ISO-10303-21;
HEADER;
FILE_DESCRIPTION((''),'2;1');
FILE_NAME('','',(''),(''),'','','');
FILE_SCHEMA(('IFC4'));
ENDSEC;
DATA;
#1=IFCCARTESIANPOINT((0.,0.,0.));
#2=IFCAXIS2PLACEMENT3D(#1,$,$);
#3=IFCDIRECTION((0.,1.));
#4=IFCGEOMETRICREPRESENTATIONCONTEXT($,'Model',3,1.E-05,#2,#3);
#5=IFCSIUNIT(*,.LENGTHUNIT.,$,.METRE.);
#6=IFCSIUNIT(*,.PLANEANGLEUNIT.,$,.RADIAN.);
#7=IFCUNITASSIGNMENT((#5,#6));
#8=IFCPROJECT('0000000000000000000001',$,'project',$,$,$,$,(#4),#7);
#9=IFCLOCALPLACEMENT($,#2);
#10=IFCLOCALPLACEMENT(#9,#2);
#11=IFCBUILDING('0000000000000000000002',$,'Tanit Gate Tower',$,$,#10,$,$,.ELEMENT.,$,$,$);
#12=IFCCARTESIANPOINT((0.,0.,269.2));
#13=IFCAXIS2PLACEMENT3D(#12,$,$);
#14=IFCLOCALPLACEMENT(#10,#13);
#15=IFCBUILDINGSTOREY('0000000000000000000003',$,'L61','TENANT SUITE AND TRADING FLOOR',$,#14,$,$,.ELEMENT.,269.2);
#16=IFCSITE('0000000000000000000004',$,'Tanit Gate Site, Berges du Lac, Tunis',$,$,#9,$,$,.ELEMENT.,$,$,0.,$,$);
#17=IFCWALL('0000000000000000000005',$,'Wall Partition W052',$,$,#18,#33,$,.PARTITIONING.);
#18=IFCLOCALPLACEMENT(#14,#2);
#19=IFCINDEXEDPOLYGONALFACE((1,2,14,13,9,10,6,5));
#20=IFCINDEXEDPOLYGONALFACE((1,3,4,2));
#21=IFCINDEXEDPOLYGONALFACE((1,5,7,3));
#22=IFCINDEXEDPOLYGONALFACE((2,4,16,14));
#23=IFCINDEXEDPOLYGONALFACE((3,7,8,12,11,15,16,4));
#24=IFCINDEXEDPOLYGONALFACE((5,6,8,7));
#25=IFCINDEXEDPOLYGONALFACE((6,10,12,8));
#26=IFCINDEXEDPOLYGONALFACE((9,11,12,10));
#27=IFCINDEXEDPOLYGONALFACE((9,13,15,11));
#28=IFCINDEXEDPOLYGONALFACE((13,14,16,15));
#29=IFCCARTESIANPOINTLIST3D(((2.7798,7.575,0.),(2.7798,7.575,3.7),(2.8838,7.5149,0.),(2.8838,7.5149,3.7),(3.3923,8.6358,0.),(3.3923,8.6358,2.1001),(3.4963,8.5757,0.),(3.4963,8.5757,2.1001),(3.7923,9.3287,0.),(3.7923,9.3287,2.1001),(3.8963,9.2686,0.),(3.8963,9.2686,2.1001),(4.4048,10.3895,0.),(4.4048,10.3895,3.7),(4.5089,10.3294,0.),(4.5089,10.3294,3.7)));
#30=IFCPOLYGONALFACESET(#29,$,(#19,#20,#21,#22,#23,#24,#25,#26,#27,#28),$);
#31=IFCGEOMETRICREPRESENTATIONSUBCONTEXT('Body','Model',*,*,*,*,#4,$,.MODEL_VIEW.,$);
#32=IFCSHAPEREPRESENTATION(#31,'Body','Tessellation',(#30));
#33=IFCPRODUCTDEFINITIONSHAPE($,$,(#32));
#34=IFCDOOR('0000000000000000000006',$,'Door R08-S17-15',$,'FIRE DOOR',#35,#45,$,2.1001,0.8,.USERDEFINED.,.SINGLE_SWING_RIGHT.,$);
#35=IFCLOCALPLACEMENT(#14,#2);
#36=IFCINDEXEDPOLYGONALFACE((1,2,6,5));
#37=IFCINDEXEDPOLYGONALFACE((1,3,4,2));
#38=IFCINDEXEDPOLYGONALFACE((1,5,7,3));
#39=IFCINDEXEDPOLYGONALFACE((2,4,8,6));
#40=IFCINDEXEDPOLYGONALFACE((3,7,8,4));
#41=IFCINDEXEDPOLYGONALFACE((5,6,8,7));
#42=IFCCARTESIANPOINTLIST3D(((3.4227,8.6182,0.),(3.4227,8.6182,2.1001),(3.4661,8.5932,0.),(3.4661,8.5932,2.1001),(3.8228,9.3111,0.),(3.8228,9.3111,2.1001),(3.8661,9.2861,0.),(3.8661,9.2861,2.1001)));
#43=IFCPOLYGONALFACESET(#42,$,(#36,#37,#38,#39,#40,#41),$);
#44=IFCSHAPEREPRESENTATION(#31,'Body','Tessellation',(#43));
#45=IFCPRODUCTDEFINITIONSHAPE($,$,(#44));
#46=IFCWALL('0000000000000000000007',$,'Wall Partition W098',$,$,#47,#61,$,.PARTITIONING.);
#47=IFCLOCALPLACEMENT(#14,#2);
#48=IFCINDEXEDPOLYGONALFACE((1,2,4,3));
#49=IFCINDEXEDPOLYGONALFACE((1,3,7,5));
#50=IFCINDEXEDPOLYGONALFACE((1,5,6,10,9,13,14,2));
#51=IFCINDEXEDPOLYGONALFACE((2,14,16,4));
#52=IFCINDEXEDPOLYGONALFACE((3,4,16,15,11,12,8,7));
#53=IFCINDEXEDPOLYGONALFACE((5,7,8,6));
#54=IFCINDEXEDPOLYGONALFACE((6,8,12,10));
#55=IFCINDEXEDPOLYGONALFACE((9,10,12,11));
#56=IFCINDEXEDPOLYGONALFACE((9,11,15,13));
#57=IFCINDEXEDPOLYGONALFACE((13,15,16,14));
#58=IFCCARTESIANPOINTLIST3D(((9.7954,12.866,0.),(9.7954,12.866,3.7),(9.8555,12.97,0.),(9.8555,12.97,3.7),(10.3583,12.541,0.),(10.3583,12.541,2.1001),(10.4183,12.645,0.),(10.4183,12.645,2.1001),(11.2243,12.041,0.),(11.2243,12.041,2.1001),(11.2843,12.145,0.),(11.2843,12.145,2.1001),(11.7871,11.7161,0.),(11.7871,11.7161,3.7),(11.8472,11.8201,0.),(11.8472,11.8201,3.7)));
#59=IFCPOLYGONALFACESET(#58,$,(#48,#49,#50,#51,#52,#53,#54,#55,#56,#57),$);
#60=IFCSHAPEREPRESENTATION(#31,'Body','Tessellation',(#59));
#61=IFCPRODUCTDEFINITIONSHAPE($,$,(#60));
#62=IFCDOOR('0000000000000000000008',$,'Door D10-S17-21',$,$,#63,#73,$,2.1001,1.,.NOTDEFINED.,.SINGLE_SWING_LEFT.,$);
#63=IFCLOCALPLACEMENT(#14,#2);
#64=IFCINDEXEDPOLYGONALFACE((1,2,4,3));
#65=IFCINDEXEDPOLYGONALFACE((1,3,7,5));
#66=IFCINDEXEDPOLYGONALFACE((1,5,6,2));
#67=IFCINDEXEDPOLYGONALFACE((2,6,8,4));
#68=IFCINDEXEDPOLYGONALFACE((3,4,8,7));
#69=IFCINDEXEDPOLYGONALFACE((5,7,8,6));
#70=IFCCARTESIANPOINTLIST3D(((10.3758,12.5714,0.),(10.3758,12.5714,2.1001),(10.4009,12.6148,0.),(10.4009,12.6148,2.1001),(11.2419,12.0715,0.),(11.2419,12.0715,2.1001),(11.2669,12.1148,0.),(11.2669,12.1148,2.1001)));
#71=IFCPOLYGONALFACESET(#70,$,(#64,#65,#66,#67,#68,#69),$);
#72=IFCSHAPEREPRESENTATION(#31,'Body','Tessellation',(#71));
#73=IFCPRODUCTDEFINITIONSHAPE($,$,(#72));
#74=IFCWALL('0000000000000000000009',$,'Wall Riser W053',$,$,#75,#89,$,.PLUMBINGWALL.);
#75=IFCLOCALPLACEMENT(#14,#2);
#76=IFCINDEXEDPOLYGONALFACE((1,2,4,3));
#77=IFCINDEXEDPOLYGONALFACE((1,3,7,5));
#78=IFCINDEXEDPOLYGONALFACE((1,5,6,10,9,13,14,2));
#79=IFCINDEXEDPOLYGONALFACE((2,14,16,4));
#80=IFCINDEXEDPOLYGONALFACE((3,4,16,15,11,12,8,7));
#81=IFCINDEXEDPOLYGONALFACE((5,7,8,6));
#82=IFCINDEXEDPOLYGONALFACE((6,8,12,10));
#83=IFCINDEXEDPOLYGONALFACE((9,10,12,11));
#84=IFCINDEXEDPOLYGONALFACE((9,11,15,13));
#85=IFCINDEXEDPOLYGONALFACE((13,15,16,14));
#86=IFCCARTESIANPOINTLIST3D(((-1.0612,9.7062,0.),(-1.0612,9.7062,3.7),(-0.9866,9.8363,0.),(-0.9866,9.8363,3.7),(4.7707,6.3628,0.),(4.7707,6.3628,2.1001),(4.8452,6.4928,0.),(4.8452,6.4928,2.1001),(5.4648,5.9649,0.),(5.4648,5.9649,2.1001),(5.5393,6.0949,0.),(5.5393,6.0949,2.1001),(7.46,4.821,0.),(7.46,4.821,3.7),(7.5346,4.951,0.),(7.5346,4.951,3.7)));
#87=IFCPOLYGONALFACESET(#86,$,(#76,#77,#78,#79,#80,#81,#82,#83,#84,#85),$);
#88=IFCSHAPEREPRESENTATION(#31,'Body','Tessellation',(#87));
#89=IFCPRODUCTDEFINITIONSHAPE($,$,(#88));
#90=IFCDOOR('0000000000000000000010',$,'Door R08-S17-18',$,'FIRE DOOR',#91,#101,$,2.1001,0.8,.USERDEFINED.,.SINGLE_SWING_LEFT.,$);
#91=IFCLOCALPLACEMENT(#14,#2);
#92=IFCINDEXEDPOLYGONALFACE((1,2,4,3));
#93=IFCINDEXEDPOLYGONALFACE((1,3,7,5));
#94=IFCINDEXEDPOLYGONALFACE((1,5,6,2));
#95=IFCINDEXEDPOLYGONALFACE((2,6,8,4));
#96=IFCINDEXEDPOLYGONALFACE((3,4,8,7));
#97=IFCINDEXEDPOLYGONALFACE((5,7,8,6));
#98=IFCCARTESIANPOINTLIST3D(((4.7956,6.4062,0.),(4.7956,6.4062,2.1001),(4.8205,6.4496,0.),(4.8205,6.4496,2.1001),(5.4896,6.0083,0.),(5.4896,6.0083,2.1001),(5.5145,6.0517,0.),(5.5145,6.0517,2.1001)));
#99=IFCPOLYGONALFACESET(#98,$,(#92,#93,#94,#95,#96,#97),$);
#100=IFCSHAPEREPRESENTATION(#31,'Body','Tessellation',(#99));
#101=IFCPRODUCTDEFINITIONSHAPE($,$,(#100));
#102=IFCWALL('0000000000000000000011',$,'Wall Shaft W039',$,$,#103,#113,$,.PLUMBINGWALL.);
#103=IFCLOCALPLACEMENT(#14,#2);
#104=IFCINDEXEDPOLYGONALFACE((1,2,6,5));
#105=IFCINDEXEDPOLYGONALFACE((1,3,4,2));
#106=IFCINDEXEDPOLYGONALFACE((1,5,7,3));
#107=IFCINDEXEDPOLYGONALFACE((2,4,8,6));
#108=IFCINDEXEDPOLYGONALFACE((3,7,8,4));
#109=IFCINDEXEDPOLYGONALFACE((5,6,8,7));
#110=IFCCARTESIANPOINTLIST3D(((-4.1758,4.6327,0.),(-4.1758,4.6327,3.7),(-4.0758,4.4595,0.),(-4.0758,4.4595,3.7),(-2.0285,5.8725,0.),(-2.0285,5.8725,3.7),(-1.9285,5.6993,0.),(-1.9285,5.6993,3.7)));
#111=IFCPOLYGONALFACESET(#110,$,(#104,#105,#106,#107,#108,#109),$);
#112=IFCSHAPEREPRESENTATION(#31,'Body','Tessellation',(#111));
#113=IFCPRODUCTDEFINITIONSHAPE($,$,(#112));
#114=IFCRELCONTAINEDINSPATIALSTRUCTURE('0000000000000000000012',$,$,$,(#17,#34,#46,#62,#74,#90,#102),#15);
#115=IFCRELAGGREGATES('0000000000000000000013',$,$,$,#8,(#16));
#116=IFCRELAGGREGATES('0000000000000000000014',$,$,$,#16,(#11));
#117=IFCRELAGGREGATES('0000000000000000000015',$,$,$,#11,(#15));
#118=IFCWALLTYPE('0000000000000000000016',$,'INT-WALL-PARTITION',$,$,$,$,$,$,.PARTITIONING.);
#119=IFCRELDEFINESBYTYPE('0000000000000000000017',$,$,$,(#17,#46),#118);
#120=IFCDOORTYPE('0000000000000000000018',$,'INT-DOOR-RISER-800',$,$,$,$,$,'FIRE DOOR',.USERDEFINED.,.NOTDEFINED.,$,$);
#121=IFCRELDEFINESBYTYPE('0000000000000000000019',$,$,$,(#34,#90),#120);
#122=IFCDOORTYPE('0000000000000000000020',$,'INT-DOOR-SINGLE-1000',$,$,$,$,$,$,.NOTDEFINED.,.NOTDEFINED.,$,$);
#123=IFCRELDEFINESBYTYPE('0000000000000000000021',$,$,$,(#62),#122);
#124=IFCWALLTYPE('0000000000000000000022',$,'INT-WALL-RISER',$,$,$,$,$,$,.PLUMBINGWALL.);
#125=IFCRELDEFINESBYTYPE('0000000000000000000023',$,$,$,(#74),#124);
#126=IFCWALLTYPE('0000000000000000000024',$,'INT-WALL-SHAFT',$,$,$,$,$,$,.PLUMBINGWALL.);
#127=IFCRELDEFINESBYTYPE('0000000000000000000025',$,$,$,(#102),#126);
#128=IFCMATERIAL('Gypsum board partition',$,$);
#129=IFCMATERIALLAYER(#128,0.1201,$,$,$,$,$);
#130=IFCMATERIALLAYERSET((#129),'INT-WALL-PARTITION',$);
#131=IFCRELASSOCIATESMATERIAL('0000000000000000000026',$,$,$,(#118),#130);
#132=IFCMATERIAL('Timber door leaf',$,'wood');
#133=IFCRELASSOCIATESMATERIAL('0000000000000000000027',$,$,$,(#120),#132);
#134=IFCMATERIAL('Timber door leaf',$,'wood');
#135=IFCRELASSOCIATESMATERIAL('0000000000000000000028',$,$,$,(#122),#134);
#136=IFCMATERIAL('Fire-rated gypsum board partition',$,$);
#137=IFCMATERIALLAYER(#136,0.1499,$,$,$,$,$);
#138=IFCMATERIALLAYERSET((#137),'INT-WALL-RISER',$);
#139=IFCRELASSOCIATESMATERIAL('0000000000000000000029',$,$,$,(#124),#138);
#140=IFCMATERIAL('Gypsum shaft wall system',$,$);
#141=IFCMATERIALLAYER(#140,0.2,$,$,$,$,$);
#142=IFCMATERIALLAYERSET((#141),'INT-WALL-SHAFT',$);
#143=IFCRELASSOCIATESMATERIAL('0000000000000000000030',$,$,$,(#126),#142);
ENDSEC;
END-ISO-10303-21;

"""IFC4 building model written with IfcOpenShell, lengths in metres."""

from ifc_helpers import new_model, si_unit, direction, frame, frame_2d, origin, place, context, subcontext, project, spatial, rectangle, extrude, material, layer, layer_set, type_object, element, fill, save


model = new_model("IFC4")

# Units and contexts
model_context = context("Model", 3, precision=1e-05, world=origin(), true_north=direction((0.0, 1.0)))
body_context = subcontext(model_context, "Body", "Model", "MODEL_VIEW")
ifc_project = project(units=[si_unit("LENGTHUNIT", "METRE"), si_unit("PLANEANGLEUNIT", "RADIAN")], contexts=[model_context])

# Site, building, storey
site_placement = place(None, origin())
site = spatial("IfcSite", under=ifc_project, at=site_placement, Name="Tanit Gate Site, Berges du Lac, Tunis", CompositionType="ELEMENT", RefElevation=0.0)
building_placement = place(site_placement, origin())
building = spatial("IfcBuilding", under=site, at=building_placement, Name="Tanit Gate Tower", CompositionType="ELEMENT")
storey_placement = place(building_placement, frame((0.0, 0.0, 269.2)))
storey = spatial("IfcBuildingStorey", under=building, at=storey_placement, Name="L61", Description="TENANT SUITE AND TRADING FLOOR", CompositionType="ELEMENT", Elevation=269.2)

# Walls, openings, doors
ifc_material_1 = material(Name="Gypsum board partition")
ifc_layer_1 = layer(ifc_material_1, 0.1201)
ifc_layer_set_1 = layer_set([ifc_layer_1], Name="INT-WALL-PARTITION")
wall_type_1 = type_object("IfcWallType", Name="INT-WALL-PARTITION", PredefinedType="PARTITIONING", material=ifc_layer_set_1)
wall_1_placement = place(storey_placement, frame((2.8318, 7.5449, 0.0), z_axis=(0.0, 0.0, 1.0), x_axis=(0.500017, 0.866015, 0.0)))
wall_1 = element("IfcWall", 1, at=wall_1_placement, inside=storey, type_object=wall_type_1, Name="Wall Partition W052", PredefinedType="PARTITIONING", context=body_context, shape_type="SweptSolid", body=[
    extrude(rectangle(XDim=3.25, YDim=0.1201, at=frame_2d((1.625, 0.0))), origin(), (0.0, 0.0, 1.0), 3.7),
])
opening_1_placement = place(wall_1_placement, frame((1.2251, 0.0, 0.0)))
opening_1 = element("IfcOpeningElement", 2, at=opening_1_placement, cuts=wall_1, PredefinedType="OPENING", context=body_context, shape_type="SweptSolid", body=[
    extrude(rectangle(XDim=0.8, YDim=2.1001, at=frame_2d((0.3999, 1.05))), frame((0.0, 0.0701, 0.0), z_axis=(0.0, -1.0, 0.0), x_axis=(1.0, 0.0, 0.0)), (0.0, 0.0, 1.0), 0.1401),
])
ifc_material_2 = material(Name="Timber door leaf", Category="wood")
door_type_1 = type_object("IfcDoorType", Name="INT-DOOR-RISER-800", ElementType="FIRE DOOR", OperationType="NOTDEFINED", PredefinedType="USERDEFINED", material=ifc_material_2)
door_1_placement = place(opening_1_placement, origin())
door_1 = element("IfcDoor", 3, at=door_1_placement, inside=storey, type_object=door_type_1, Name="Door R08-S17-15", ObjectType="FIRE DOOR", OperationType="SINGLE_SWING_RIGHT", OverallHeight=2.1001, OverallWidth=0.8, PredefinedType="USERDEFINED", context=body_context, shape_type="SweptSolid", body=[
    extrude(rectangle(XDim=0.8, YDim=2.1001, at=frame_2d((0.3999, 1.05))), frame((0.0, 0.0249, 0.0), z_axis=(0.0, -1.0, 0.0), x_axis=(1.0, 0.0, 0.0)), (0.0, 0.0, 1.0), 0.05),
])
fill(opening_1, door_1)
wall_2_placement = place(storey_placement, frame((11.8171, 11.7681, 0.0), z_axis=(0.0, 0.0, 1.0), x_axis=(-0.866026, 0.499998, 0.0)))
wall_2 = element("IfcWall", 4, at=wall_2_placement, inside=storey, type_object=wall_type_1, Name="Wall Partition W098", PredefinedType="PARTITIONING", context=body_context, shape_type="SweptSolid", body=[
    extrude(rectangle(XDim=2.2998, YDim=0.1201, at=frame_2d((1.1499, 0.0))), origin(), (0.0, 0.0, 1.0), 3.7),
])
opening_2_placement = place(wall_2_placement, frame((0.6499, 0.0, 0.0)))
opening_2 = element("IfcOpeningElement", 5, at=opening_2_placement, cuts=wall_2, PredefinedType="OPENING", context=body_context, shape_type="SweptSolid", body=[
    extrude(rectangle(XDim=1.0, YDim=2.1001, at=frame_2d((0.5, 1.05))), frame((0.0, 0.0701, 0.0), z_axis=(0.0, -1.0, 0.0), x_axis=(1.0, 0.0, 0.0)), (0.0, 0.0, 1.0), 0.1401),
])
ifc_material_3 = material(Name="Timber door leaf", Category="wood")
door_type_2 = type_object("IfcDoorType", Name="INT-DOOR-SINGLE-1000", OperationType="NOTDEFINED", PredefinedType="NOTDEFINED", material=ifc_material_3)
door_2_placement = place(opening_2_placement, origin())
door_2 = element("IfcDoor", 6, at=door_2_placement, inside=storey, type_object=door_type_2, Name="Door D10-S17-21", OperationType="SINGLE_SWING_LEFT", OverallHeight=2.1001, OverallWidth=1.0, PredefinedType="NOTDEFINED", context=body_context, shape_type="SweptSolid", body=[
    extrude(rectangle(XDim=1.0, YDim=2.1001, at=frame_2d((0.5, 1.05))), frame((0.0, 0.0249, 0.0), z_axis=(0.0, -1.0, 0.0), x_axis=(1.0, 0.0, 0.0)), (0.0, 0.0, 1.0), 0.05),
])
fill(opening_2, door_2)
ifc_material_4 = material(Name="Fire-rated gypsum board partition")
ifc_layer_2 = layer(ifc_material_4, 0.1499)
ifc_layer_set_2 = layer_set([ifc_layer_2], Name="INT-WALL-RISER")
wall_type_2 = type_object("IfcWallType", Name="INT-WALL-RISER", PredefinedType="PLUMBINGWALL", material=ifc_layer_set_2)
wall_3_placement = place(storey_placement, frame((7.4973, 4.886, 0.0), z_axis=(0.0, 0.0, 1.0), x_axis=(-0.867542, 0.497364, 0.0)))
wall_3 = element("IfcWall", 7, at=wall_3_placement, inside=storey, type_object=wall_type_2, Name="Wall Riser W053", PredefinedType="PLUMBINGWALL", context=body_context, shape_type="SweptSolid", body=[
    extrude(rectangle(XDim=9.8223, YDim=0.1499, at=frame_2d((4.9111, 0.0))), origin(), (0.0, 0.0, 1.0), 3.7),
])
opening_3_placement = place(wall_3_placement, frame((2.3, 0.0, 0.0)))
opening_3 = element("IfcOpeningElement", 8, at=opening_3_placement, cuts=wall_3, PredefinedType="OPENING", context=body_context, shape_type="SweptSolid", body=[
    extrude(rectangle(XDim=0.8, YDim=2.1001, at=frame_2d((0.3999, 1.05))), frame((0.0, 0.085, 0.0), z_axis=(0.0, -1.0, 0.0), x_axis=(1.0, 0.0, 0.0)), (0.0, 0.0, 1.0), 0.1699),
])
door_3_placement = place(opening_3_placement, origin())
door_3 = element("IfcDoor", 9, at=door_3_placement, inside=storey, type_object=door_type_1, Name="Door R08-S17-18", ObjectType="FIRE DOOR", OperationType="SINGLE_SWING_LEFT", OverallHeight=2.1001, OverallWidth=0.8, PredefinedType="USERDEFINED", context=body_context, shape_type="SweptSolid", body=[
    extrude(rectangle(XDim=0.8, YDim=2.1001, at=frame_2d((0.3999, 1.05))), frame((0.0, 0.0249, 0.0), z_axis=(0.0, -1.0, 0.0), x_axis=(1.0, 0.0, 0.0)), (0.0, 0.0, 1.0), 0.05),
])
fill(opening_3, door_3)

# Wall
ifc_material_5 = material(Name="Gypsum shaft wall system")
ifc_layer_3 = layer(ifc_material_5, 0.2)
ifc_layer_set_3 = layer_set([ifc_layer_3], Name="INT-WALL-SHAFT")
wall_type_3 = type_object("IfcWallType", Name="INT-WALL-SHAFT", PredefinedType="PLUMBINGWALL", material=ifc_layer_set_3)
wall_4_placement = place(storey_placement, frame((-1.9785, 5.7859, 0.0), z_axis=(0.0, 0.0, 1.0), x_axis=(-0.866017, -0.500015, 0.0)))
element("IfcWall", 10, at=wall_4_placement, inside=storey, type_object=wall_type_3, Name="Wall Shaft W039", PredefinedType="PLUMBINGWALL", context=body_context, shape_type="SweptSolid", body=[
    extrude(rectangle(XDim=2.4795, YDim=0.2, at=frame_2d((1.2397, 0.0))), origin(), (0.0, 0.0, 1.0), 3.7),
])

save(model, "model.ifc")
